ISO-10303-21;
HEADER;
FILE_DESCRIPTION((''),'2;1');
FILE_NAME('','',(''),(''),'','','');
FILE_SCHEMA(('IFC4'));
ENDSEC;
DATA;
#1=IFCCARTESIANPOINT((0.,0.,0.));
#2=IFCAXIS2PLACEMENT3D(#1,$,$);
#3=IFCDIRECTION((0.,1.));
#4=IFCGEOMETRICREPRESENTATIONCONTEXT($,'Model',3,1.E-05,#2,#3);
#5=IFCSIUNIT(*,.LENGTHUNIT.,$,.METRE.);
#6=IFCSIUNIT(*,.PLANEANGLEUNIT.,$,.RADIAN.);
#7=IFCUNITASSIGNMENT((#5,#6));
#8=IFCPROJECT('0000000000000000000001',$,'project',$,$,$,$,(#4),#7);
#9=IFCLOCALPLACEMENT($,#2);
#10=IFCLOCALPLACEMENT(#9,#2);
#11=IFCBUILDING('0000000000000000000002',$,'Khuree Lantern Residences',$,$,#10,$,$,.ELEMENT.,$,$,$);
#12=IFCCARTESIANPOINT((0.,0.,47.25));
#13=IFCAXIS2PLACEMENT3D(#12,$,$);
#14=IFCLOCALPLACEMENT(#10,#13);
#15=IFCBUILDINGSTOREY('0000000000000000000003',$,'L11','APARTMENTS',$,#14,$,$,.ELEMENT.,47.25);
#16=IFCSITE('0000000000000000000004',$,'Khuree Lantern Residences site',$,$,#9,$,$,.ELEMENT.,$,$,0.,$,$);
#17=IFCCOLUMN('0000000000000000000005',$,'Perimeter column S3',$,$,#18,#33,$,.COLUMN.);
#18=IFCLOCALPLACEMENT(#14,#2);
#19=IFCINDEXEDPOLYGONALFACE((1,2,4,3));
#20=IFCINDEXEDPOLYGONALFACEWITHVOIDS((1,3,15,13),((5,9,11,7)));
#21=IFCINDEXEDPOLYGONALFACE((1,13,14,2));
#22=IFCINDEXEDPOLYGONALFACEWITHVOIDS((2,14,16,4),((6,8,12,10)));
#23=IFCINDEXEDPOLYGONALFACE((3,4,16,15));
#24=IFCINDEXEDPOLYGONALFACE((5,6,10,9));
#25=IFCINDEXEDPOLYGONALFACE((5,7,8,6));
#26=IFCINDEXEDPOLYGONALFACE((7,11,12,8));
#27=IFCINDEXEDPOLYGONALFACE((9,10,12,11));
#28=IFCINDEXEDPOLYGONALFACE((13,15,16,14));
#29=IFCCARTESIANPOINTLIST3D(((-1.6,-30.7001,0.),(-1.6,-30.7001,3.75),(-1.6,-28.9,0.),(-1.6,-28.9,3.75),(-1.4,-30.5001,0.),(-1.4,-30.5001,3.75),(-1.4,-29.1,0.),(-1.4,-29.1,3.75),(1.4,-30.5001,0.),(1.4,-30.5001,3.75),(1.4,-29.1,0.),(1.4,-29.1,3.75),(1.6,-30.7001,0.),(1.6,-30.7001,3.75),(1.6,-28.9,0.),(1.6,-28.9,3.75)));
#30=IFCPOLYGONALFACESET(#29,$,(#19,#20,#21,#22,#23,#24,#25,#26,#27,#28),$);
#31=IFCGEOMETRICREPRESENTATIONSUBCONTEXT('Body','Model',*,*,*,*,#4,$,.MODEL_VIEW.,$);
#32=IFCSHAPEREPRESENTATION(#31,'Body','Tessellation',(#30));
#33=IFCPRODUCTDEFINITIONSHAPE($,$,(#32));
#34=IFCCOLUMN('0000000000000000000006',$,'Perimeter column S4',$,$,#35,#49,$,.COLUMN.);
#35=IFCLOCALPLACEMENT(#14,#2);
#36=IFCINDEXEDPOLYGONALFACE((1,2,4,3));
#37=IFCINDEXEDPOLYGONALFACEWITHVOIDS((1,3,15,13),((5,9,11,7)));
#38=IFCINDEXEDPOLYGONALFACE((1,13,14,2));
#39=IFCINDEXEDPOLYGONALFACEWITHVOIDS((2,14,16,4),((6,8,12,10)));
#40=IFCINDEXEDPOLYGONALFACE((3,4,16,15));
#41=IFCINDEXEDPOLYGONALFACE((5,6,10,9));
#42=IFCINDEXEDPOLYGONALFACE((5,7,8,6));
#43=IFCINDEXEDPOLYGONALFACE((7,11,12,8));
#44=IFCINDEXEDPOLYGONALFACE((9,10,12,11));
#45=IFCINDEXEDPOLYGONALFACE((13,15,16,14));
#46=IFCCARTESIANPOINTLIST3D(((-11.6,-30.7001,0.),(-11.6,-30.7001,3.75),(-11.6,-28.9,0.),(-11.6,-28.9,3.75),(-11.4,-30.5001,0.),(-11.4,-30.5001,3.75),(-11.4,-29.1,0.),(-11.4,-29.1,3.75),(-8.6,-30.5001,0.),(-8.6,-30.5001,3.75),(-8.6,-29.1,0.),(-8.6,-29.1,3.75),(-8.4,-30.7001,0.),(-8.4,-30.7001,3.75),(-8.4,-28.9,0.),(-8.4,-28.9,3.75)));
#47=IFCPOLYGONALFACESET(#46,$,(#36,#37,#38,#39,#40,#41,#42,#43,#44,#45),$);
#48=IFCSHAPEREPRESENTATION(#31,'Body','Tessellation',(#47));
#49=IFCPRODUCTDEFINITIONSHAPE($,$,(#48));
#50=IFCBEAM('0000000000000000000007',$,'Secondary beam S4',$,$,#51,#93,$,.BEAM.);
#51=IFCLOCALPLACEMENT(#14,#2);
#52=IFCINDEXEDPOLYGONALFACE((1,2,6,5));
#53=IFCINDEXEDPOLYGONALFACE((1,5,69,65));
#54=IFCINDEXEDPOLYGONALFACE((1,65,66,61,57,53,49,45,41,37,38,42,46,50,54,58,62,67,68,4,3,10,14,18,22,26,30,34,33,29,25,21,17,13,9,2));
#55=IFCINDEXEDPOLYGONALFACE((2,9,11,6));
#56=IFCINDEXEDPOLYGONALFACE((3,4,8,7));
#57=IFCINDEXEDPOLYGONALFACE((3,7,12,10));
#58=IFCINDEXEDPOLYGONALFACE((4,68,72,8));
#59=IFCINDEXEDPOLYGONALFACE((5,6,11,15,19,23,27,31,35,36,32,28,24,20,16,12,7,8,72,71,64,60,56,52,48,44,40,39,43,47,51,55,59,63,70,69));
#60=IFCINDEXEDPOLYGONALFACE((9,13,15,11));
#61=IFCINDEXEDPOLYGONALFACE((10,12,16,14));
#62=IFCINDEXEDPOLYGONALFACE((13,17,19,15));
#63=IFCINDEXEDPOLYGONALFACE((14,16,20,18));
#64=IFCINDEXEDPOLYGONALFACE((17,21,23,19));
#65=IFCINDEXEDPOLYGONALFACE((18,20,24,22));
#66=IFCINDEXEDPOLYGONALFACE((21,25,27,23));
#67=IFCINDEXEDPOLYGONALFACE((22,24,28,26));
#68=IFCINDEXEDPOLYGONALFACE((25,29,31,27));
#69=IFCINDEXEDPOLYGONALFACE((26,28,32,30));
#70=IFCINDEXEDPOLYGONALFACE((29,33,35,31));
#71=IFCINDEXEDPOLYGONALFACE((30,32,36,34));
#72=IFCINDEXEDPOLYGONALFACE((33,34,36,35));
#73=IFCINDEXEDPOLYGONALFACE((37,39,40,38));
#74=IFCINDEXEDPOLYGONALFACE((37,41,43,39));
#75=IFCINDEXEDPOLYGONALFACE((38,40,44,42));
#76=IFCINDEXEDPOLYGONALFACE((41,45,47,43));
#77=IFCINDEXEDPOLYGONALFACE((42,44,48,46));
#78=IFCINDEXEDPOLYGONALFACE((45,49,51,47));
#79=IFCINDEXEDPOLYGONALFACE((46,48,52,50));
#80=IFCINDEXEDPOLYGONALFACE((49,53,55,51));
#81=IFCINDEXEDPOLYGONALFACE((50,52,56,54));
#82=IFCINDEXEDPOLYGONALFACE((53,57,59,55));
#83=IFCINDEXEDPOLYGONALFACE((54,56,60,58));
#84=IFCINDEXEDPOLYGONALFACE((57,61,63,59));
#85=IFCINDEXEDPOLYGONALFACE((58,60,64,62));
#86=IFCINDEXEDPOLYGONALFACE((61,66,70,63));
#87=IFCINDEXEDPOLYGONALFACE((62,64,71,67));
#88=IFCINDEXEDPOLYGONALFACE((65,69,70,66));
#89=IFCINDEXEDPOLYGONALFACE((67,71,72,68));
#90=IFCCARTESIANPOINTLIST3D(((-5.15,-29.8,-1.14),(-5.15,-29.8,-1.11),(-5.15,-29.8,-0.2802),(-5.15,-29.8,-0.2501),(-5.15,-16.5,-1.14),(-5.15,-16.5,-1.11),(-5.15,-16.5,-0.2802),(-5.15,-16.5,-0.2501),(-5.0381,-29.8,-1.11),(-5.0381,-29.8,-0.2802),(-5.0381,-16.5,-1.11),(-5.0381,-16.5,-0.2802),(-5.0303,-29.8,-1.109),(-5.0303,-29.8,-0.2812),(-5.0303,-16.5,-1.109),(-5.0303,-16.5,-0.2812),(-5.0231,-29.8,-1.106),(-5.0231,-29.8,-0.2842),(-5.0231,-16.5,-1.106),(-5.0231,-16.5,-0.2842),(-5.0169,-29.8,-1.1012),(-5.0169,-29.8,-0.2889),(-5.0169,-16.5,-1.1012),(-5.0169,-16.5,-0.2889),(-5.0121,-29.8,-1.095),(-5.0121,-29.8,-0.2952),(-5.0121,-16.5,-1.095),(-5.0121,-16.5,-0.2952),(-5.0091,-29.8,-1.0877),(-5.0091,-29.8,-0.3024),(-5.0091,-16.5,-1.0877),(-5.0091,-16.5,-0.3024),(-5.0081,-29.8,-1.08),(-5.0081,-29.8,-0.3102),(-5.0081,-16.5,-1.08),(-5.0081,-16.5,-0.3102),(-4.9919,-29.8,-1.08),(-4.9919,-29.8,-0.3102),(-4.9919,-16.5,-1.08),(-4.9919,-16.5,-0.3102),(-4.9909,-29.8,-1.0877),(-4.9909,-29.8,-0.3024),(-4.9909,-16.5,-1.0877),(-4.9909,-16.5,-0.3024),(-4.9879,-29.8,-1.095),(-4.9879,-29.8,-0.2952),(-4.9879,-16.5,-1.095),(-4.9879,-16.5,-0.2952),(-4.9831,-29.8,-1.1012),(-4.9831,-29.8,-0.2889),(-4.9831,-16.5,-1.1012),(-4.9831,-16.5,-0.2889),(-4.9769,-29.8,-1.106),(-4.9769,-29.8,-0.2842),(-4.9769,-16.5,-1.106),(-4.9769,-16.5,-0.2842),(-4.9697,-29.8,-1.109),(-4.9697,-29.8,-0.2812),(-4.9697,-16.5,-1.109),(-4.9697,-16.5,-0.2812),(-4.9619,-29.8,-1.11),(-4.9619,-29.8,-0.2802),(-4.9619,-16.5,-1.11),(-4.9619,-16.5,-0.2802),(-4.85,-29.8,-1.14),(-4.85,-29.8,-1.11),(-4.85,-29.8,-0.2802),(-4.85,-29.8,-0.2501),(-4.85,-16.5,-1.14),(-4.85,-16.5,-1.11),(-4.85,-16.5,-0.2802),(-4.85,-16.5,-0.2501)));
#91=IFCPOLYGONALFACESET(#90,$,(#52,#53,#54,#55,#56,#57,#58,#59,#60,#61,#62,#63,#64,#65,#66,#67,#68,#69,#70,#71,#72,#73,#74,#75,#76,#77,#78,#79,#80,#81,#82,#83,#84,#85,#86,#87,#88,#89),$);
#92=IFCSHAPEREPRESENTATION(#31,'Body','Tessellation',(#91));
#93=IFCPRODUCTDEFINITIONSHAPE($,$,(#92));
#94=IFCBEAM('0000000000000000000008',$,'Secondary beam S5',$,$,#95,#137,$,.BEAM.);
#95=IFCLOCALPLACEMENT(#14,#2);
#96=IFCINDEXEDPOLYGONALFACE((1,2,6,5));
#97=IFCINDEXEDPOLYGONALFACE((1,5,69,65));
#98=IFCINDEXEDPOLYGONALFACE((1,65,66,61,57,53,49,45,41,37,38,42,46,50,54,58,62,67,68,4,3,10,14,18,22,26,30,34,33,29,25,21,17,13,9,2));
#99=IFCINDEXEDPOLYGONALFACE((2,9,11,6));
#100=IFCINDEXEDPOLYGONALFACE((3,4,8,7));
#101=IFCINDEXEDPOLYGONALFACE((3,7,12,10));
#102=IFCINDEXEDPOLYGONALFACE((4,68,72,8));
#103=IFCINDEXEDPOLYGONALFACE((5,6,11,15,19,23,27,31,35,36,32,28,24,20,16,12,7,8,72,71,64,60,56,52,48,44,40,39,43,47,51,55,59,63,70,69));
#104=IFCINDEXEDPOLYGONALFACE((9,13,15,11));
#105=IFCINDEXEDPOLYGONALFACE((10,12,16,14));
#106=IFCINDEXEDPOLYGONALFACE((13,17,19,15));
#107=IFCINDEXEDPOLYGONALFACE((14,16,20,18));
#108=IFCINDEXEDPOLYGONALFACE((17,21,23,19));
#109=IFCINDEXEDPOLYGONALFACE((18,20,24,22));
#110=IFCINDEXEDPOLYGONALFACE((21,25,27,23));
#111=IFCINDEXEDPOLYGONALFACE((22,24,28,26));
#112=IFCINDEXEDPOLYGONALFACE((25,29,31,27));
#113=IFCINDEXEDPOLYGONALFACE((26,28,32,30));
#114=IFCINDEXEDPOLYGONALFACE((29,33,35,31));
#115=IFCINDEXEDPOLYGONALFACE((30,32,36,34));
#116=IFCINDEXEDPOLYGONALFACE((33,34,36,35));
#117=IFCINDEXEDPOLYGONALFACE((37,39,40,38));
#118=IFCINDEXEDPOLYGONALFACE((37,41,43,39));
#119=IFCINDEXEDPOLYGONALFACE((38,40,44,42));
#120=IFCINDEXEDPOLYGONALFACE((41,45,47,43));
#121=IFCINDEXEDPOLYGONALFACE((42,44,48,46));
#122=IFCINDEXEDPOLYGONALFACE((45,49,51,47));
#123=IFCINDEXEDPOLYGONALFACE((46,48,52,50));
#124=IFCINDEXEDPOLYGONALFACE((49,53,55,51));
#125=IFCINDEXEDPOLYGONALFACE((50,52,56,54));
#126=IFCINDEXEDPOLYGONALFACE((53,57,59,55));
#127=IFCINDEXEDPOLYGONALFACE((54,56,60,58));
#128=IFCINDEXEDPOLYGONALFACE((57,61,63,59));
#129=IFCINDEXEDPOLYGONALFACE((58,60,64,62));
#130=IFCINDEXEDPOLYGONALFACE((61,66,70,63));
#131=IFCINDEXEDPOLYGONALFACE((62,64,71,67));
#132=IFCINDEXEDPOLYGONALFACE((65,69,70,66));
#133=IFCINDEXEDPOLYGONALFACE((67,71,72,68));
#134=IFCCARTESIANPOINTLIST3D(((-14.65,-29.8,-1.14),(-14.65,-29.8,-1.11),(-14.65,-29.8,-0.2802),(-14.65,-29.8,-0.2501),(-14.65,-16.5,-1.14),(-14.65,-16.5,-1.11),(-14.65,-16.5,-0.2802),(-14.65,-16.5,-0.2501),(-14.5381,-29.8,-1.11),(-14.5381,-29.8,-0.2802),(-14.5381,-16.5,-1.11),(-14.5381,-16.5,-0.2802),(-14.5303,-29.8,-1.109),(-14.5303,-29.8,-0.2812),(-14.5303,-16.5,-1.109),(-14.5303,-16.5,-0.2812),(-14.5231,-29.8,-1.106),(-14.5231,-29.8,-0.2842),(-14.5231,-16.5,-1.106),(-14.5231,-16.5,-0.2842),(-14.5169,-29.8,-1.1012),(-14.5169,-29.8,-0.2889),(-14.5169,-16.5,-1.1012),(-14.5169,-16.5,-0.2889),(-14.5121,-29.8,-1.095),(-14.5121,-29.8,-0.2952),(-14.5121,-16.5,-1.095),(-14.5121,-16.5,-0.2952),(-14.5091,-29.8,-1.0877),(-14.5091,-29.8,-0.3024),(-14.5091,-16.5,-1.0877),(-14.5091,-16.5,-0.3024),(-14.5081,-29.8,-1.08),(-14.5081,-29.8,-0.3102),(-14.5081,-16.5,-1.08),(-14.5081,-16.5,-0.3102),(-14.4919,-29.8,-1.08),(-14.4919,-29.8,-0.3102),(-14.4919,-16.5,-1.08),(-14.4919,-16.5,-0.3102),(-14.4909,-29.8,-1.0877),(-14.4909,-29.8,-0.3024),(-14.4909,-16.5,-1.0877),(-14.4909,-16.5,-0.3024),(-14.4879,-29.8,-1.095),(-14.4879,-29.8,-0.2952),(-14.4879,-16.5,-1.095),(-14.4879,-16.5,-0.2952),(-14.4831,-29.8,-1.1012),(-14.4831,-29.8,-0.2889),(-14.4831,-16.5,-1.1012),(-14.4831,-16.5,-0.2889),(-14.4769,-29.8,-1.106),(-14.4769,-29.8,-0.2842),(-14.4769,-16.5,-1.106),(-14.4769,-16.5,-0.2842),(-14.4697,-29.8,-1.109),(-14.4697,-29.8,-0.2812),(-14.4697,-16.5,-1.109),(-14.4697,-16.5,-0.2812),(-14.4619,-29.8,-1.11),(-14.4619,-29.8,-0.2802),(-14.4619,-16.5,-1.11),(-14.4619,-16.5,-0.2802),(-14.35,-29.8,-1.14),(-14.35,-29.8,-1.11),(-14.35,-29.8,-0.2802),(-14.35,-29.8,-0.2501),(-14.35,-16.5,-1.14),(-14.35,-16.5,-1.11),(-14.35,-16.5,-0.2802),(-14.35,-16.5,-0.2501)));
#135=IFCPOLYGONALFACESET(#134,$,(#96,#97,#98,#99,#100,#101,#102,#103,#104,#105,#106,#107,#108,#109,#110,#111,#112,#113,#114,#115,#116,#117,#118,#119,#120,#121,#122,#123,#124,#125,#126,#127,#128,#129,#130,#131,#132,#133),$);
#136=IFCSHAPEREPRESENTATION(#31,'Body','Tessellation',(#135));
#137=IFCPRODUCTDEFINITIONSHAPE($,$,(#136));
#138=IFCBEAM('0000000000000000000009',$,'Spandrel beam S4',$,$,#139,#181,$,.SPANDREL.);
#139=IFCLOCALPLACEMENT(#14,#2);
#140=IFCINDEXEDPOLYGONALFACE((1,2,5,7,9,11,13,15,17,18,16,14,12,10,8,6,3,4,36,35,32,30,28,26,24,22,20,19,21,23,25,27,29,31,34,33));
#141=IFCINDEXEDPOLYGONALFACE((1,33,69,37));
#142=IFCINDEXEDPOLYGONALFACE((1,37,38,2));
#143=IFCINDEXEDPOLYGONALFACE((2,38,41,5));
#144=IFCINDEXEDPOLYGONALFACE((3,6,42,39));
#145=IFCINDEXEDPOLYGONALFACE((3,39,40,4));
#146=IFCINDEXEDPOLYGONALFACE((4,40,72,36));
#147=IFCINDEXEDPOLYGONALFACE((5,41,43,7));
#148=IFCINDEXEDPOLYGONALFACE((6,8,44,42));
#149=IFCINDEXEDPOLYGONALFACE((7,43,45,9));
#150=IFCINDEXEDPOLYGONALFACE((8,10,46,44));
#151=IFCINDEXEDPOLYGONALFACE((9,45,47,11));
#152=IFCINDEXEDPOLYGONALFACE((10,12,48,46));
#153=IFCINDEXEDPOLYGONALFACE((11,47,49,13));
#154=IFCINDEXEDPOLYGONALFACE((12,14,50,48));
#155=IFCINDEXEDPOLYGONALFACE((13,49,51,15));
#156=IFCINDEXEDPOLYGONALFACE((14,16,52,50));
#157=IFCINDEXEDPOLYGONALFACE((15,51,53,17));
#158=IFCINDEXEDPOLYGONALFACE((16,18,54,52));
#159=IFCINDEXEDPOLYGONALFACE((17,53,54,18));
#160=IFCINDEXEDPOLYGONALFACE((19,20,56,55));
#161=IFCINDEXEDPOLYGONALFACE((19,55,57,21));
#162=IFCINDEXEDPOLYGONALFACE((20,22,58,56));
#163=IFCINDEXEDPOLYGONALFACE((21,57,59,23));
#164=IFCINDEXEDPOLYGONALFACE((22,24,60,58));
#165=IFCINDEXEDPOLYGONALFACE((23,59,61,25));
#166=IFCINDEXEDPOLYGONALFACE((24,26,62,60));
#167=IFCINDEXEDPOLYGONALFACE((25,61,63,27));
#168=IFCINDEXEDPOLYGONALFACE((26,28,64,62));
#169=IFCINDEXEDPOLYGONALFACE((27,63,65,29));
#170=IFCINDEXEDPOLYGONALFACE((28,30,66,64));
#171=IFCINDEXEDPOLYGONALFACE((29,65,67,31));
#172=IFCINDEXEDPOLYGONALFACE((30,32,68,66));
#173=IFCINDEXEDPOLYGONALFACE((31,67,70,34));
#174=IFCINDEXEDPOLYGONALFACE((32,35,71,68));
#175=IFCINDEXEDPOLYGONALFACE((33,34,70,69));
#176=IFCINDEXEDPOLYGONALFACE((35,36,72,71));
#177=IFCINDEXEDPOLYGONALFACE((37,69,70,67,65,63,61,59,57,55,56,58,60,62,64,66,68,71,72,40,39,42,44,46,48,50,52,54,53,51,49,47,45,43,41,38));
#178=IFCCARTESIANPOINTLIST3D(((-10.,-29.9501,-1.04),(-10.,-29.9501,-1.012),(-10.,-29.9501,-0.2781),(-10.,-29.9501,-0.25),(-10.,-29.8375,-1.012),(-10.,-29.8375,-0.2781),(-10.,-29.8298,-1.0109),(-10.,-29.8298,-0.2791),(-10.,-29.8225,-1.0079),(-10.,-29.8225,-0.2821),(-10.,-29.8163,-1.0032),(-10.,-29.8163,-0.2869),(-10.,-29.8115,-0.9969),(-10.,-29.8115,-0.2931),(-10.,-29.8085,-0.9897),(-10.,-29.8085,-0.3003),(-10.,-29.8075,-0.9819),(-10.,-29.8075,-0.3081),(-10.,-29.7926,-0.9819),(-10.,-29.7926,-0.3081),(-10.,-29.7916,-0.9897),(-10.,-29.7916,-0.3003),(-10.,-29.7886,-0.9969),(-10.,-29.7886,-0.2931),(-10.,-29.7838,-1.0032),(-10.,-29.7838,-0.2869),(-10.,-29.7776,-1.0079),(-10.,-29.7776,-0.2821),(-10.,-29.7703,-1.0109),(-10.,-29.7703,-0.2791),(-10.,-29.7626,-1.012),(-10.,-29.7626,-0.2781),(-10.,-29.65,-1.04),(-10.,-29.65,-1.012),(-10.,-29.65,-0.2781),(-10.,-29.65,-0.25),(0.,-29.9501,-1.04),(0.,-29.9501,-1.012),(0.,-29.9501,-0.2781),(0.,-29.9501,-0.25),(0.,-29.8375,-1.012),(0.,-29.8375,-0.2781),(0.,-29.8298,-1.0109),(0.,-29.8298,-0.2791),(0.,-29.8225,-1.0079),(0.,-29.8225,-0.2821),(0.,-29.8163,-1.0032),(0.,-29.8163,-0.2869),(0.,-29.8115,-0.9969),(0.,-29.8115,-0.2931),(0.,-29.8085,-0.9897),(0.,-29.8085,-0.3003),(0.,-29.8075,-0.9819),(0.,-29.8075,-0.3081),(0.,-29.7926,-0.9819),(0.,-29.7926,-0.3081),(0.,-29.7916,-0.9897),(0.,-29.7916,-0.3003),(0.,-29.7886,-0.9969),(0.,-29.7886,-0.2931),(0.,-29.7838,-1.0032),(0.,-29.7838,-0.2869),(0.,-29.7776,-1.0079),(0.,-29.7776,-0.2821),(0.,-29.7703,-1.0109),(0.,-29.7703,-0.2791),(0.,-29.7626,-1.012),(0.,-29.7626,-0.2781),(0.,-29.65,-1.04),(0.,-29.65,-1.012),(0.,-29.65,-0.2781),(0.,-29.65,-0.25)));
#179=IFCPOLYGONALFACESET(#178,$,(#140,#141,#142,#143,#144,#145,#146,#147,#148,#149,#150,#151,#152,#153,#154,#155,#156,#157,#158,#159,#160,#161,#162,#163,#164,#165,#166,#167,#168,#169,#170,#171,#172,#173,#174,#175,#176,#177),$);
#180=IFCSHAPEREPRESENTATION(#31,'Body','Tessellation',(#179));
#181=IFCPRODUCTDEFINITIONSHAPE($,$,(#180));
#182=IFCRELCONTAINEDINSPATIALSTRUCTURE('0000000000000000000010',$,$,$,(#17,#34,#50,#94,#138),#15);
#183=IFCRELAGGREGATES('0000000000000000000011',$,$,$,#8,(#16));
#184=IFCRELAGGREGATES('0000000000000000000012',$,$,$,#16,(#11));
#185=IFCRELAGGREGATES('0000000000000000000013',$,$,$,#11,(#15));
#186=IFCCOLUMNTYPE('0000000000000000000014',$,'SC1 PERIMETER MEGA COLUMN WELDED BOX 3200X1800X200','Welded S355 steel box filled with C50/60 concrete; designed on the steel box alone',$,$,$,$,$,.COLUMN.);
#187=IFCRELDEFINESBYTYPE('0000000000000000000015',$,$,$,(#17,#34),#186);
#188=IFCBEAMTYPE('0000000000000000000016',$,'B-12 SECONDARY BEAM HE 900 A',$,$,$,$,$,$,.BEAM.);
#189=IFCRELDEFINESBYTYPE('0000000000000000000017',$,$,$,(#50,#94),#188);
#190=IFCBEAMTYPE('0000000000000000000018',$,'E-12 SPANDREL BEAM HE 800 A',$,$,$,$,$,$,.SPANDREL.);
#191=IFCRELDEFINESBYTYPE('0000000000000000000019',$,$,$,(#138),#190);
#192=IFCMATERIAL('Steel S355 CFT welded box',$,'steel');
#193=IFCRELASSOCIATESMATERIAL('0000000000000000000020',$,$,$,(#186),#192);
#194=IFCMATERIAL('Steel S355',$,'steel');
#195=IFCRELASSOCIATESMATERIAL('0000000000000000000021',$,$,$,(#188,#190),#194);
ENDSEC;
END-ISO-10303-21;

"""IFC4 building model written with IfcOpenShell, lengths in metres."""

from ifc_helpers import new_model, si_unit, direction, frame, origin, origin_2d, place, context, subcontext, project, spatial, hollow_rectangle, i_section, extrude, material, material_profile, profile_set, type_object, element, save


model = new_model("IFC4")

# Units and contexts
model_context = context("Model", 3, precision=1e-05, world=origin(), true_north=direction((0.0, 1.0)))
body_context = subcontext(model_context, "Body", "Model", "MODEL_VIEW")
ifc_project = project(units=[si_unit("LENGTHUNIT", "METRE"), si_unit("PLANEANGLEUNIT", "RADIAN")], contexts=[model_context])

# Site, building, storey
site_placement = place(None, origin())
site = spatial("IfcSite", under=ifc_project, at=site_placement, Name="Khuree Lantern Residences site", CompositionType="ELEMENT", RefElevation=0.0)
building_placement = place(site_placement, origin())
building = spatial("IfcBuilding", under=site, at=building_placement, Name="Khuree Lantern Residences", CompositionType="ELEMENT")
storey_placement = place(building_placement, frame((0.0, 0.0, 47.25)))
storey = spatial("IfcBuildingStorey", under=building, at=storey_placement, Name="L11", Description="APARTMENTS", CompositionType="ELEMENT", Elevation=47.25)

# Columns
ifc_material_1 = material(Name="Steel S355 CFT welded box", Category="steel")
ifc_material_profile_1 = material_profile(ifc_material_1, hollow_rectangle(XDim=3.2, YDim=1.8, WallThickness=0.2, at=origin_2d()), Name="WELDED BOX 3200X1800X200")
ifc_profile_set_1 = profile_set([ifc_material_profile_1], Name="Steel S355 CFT welded box")
column_type = type_object("IfcColumnType", Name="SC1 PERIMETER MEGA COLUMN WELDED BOX 3200X1800X200", Description="Welded S355 steel box filled with C50/60 concrete; designed on the steel box alone", PredefinedType="COLUMN", material=ifc_profile_set_1)
for number, where, z_axis, x_axis, name in (
    (1, (0.0, -29.8, 0.0), (0.0, 0.0, 1.0), (1.0, 0.0, 0.0), "Perimeter column S3"),
    (2, (-10.0, -29.8, 0.0), (0.0, 0.0, 1.0), (1.0, 0.0, 0.0), "Perimeter column S4"),
):
    element("IfcColumn", number, at=place(storey_placement, frame(where, z_axis=z_axis, x_axis=x_axis)), inside=storey, type_object=column_type, Name=name, PredefinedType="COLUMN", context=body_context, shape_type="SweptSolid", body=[
        extrude(hollow_rectangle(XDim=3.2, YDim=1.8, WallThickness=0.2, at=origin_2d()), origin(), (0.0, 0.0, 1.0), 3.75),
    ])

# Beams
ifc_material_2 = material(Name="Steel S355", Category="steel")
ifc_material_profile_2 = material_profile(ifc_material_2, i_section(OverallWidth=0.3, OverallDepth=0.8899, WebThickness=0.0161, FlangeThickness=0.03, FilletRadius=0.03, at=origin_2d()), Name="HE 900 A")
ifc_profile_set_2 = profile_set([ifc_material_profile_2], Name="Steel S355")
beam_type_1 = type_object("IfcBeamType", Name="B-12 SECONDARY BEAM HE 900 A", PredefinedType="BEAM", material=ifc_profile_set_2)
for number, where, z_axis, x_axis, name in (
    (3, (-5.0, -29.8, -0.6951), (0.0, 1.0, 0.0), (-1.0, 0.0, 0.0), "Secondary beam S4"),
    (4, (-14.5, -29.8, -0.6951), (0.0, 1.0, 0.0), (-1.0, 0.0, 0.0), "Secondary beam S5"),
):
    element("IfcBeam", number, at=place(storey_placement, frame(where, z_axis=z_axis, x_axis=x_axis)), inside=storey, type_object=beam_type_1, Name=name, PredefinedType="BEAM", context=body_context, shape_type="SweptSolid", body=[
        extrude(i_section(OverallWidth=0.3, OverallDepth=0.8899, WebThickness=0.0161, FlangeThickness=0.03, FilletRadius=0.03, at=origin_2d()), origin(), (0.0, 0.0, 1.0), 13.3),
    ])
ifc_material_profile_3 = material_profile(ifc_material_2, i_section(OverallWidth=0.3, OverallDepth=0.79, WebThickness=0.0149, FlangeThickness=0.0281, FilletRadius=0.03, at=origin_2d()), Name="HE 800 A")
ifc_profile_set_3 = profile_set([ifc_material_profile_3], Name="Steel S355")
beam_type_2 = type_object("IfcBeamType", Name="E-12 SPANDREL BEAM HE 800 A", PredefinedType="SPANDREL", material=ifc_profile_set_3)
for number, where, z_axis, x_axis, name in (
    (5, (0.0, -29.8, -0.645), (-1.0, 0.0, 0.0), (0.0, -1.0, 0.0), "Spandrel beam S4"),
):
    element("IfcBeam", number, at=place(storey_placement, frame(where, z_axis=z_axis, x_axis=x_axis)), inside=storey, type_object=beam_type_2, Name=name, PredefinedType="SPANDREL", context=body_context, shape_type="SweptSolid", body=[
        extrude(i_section(OverallWidth=0.3, OverallDepth=0.79, WebThickness=0.0149, FlangeThickness=0.0281, FilletRadius=0.03, at=origin_2d()), origin(), (0.0, 0.0, 1.0), 10.0),
    ])

save(model, "model.ifc")
